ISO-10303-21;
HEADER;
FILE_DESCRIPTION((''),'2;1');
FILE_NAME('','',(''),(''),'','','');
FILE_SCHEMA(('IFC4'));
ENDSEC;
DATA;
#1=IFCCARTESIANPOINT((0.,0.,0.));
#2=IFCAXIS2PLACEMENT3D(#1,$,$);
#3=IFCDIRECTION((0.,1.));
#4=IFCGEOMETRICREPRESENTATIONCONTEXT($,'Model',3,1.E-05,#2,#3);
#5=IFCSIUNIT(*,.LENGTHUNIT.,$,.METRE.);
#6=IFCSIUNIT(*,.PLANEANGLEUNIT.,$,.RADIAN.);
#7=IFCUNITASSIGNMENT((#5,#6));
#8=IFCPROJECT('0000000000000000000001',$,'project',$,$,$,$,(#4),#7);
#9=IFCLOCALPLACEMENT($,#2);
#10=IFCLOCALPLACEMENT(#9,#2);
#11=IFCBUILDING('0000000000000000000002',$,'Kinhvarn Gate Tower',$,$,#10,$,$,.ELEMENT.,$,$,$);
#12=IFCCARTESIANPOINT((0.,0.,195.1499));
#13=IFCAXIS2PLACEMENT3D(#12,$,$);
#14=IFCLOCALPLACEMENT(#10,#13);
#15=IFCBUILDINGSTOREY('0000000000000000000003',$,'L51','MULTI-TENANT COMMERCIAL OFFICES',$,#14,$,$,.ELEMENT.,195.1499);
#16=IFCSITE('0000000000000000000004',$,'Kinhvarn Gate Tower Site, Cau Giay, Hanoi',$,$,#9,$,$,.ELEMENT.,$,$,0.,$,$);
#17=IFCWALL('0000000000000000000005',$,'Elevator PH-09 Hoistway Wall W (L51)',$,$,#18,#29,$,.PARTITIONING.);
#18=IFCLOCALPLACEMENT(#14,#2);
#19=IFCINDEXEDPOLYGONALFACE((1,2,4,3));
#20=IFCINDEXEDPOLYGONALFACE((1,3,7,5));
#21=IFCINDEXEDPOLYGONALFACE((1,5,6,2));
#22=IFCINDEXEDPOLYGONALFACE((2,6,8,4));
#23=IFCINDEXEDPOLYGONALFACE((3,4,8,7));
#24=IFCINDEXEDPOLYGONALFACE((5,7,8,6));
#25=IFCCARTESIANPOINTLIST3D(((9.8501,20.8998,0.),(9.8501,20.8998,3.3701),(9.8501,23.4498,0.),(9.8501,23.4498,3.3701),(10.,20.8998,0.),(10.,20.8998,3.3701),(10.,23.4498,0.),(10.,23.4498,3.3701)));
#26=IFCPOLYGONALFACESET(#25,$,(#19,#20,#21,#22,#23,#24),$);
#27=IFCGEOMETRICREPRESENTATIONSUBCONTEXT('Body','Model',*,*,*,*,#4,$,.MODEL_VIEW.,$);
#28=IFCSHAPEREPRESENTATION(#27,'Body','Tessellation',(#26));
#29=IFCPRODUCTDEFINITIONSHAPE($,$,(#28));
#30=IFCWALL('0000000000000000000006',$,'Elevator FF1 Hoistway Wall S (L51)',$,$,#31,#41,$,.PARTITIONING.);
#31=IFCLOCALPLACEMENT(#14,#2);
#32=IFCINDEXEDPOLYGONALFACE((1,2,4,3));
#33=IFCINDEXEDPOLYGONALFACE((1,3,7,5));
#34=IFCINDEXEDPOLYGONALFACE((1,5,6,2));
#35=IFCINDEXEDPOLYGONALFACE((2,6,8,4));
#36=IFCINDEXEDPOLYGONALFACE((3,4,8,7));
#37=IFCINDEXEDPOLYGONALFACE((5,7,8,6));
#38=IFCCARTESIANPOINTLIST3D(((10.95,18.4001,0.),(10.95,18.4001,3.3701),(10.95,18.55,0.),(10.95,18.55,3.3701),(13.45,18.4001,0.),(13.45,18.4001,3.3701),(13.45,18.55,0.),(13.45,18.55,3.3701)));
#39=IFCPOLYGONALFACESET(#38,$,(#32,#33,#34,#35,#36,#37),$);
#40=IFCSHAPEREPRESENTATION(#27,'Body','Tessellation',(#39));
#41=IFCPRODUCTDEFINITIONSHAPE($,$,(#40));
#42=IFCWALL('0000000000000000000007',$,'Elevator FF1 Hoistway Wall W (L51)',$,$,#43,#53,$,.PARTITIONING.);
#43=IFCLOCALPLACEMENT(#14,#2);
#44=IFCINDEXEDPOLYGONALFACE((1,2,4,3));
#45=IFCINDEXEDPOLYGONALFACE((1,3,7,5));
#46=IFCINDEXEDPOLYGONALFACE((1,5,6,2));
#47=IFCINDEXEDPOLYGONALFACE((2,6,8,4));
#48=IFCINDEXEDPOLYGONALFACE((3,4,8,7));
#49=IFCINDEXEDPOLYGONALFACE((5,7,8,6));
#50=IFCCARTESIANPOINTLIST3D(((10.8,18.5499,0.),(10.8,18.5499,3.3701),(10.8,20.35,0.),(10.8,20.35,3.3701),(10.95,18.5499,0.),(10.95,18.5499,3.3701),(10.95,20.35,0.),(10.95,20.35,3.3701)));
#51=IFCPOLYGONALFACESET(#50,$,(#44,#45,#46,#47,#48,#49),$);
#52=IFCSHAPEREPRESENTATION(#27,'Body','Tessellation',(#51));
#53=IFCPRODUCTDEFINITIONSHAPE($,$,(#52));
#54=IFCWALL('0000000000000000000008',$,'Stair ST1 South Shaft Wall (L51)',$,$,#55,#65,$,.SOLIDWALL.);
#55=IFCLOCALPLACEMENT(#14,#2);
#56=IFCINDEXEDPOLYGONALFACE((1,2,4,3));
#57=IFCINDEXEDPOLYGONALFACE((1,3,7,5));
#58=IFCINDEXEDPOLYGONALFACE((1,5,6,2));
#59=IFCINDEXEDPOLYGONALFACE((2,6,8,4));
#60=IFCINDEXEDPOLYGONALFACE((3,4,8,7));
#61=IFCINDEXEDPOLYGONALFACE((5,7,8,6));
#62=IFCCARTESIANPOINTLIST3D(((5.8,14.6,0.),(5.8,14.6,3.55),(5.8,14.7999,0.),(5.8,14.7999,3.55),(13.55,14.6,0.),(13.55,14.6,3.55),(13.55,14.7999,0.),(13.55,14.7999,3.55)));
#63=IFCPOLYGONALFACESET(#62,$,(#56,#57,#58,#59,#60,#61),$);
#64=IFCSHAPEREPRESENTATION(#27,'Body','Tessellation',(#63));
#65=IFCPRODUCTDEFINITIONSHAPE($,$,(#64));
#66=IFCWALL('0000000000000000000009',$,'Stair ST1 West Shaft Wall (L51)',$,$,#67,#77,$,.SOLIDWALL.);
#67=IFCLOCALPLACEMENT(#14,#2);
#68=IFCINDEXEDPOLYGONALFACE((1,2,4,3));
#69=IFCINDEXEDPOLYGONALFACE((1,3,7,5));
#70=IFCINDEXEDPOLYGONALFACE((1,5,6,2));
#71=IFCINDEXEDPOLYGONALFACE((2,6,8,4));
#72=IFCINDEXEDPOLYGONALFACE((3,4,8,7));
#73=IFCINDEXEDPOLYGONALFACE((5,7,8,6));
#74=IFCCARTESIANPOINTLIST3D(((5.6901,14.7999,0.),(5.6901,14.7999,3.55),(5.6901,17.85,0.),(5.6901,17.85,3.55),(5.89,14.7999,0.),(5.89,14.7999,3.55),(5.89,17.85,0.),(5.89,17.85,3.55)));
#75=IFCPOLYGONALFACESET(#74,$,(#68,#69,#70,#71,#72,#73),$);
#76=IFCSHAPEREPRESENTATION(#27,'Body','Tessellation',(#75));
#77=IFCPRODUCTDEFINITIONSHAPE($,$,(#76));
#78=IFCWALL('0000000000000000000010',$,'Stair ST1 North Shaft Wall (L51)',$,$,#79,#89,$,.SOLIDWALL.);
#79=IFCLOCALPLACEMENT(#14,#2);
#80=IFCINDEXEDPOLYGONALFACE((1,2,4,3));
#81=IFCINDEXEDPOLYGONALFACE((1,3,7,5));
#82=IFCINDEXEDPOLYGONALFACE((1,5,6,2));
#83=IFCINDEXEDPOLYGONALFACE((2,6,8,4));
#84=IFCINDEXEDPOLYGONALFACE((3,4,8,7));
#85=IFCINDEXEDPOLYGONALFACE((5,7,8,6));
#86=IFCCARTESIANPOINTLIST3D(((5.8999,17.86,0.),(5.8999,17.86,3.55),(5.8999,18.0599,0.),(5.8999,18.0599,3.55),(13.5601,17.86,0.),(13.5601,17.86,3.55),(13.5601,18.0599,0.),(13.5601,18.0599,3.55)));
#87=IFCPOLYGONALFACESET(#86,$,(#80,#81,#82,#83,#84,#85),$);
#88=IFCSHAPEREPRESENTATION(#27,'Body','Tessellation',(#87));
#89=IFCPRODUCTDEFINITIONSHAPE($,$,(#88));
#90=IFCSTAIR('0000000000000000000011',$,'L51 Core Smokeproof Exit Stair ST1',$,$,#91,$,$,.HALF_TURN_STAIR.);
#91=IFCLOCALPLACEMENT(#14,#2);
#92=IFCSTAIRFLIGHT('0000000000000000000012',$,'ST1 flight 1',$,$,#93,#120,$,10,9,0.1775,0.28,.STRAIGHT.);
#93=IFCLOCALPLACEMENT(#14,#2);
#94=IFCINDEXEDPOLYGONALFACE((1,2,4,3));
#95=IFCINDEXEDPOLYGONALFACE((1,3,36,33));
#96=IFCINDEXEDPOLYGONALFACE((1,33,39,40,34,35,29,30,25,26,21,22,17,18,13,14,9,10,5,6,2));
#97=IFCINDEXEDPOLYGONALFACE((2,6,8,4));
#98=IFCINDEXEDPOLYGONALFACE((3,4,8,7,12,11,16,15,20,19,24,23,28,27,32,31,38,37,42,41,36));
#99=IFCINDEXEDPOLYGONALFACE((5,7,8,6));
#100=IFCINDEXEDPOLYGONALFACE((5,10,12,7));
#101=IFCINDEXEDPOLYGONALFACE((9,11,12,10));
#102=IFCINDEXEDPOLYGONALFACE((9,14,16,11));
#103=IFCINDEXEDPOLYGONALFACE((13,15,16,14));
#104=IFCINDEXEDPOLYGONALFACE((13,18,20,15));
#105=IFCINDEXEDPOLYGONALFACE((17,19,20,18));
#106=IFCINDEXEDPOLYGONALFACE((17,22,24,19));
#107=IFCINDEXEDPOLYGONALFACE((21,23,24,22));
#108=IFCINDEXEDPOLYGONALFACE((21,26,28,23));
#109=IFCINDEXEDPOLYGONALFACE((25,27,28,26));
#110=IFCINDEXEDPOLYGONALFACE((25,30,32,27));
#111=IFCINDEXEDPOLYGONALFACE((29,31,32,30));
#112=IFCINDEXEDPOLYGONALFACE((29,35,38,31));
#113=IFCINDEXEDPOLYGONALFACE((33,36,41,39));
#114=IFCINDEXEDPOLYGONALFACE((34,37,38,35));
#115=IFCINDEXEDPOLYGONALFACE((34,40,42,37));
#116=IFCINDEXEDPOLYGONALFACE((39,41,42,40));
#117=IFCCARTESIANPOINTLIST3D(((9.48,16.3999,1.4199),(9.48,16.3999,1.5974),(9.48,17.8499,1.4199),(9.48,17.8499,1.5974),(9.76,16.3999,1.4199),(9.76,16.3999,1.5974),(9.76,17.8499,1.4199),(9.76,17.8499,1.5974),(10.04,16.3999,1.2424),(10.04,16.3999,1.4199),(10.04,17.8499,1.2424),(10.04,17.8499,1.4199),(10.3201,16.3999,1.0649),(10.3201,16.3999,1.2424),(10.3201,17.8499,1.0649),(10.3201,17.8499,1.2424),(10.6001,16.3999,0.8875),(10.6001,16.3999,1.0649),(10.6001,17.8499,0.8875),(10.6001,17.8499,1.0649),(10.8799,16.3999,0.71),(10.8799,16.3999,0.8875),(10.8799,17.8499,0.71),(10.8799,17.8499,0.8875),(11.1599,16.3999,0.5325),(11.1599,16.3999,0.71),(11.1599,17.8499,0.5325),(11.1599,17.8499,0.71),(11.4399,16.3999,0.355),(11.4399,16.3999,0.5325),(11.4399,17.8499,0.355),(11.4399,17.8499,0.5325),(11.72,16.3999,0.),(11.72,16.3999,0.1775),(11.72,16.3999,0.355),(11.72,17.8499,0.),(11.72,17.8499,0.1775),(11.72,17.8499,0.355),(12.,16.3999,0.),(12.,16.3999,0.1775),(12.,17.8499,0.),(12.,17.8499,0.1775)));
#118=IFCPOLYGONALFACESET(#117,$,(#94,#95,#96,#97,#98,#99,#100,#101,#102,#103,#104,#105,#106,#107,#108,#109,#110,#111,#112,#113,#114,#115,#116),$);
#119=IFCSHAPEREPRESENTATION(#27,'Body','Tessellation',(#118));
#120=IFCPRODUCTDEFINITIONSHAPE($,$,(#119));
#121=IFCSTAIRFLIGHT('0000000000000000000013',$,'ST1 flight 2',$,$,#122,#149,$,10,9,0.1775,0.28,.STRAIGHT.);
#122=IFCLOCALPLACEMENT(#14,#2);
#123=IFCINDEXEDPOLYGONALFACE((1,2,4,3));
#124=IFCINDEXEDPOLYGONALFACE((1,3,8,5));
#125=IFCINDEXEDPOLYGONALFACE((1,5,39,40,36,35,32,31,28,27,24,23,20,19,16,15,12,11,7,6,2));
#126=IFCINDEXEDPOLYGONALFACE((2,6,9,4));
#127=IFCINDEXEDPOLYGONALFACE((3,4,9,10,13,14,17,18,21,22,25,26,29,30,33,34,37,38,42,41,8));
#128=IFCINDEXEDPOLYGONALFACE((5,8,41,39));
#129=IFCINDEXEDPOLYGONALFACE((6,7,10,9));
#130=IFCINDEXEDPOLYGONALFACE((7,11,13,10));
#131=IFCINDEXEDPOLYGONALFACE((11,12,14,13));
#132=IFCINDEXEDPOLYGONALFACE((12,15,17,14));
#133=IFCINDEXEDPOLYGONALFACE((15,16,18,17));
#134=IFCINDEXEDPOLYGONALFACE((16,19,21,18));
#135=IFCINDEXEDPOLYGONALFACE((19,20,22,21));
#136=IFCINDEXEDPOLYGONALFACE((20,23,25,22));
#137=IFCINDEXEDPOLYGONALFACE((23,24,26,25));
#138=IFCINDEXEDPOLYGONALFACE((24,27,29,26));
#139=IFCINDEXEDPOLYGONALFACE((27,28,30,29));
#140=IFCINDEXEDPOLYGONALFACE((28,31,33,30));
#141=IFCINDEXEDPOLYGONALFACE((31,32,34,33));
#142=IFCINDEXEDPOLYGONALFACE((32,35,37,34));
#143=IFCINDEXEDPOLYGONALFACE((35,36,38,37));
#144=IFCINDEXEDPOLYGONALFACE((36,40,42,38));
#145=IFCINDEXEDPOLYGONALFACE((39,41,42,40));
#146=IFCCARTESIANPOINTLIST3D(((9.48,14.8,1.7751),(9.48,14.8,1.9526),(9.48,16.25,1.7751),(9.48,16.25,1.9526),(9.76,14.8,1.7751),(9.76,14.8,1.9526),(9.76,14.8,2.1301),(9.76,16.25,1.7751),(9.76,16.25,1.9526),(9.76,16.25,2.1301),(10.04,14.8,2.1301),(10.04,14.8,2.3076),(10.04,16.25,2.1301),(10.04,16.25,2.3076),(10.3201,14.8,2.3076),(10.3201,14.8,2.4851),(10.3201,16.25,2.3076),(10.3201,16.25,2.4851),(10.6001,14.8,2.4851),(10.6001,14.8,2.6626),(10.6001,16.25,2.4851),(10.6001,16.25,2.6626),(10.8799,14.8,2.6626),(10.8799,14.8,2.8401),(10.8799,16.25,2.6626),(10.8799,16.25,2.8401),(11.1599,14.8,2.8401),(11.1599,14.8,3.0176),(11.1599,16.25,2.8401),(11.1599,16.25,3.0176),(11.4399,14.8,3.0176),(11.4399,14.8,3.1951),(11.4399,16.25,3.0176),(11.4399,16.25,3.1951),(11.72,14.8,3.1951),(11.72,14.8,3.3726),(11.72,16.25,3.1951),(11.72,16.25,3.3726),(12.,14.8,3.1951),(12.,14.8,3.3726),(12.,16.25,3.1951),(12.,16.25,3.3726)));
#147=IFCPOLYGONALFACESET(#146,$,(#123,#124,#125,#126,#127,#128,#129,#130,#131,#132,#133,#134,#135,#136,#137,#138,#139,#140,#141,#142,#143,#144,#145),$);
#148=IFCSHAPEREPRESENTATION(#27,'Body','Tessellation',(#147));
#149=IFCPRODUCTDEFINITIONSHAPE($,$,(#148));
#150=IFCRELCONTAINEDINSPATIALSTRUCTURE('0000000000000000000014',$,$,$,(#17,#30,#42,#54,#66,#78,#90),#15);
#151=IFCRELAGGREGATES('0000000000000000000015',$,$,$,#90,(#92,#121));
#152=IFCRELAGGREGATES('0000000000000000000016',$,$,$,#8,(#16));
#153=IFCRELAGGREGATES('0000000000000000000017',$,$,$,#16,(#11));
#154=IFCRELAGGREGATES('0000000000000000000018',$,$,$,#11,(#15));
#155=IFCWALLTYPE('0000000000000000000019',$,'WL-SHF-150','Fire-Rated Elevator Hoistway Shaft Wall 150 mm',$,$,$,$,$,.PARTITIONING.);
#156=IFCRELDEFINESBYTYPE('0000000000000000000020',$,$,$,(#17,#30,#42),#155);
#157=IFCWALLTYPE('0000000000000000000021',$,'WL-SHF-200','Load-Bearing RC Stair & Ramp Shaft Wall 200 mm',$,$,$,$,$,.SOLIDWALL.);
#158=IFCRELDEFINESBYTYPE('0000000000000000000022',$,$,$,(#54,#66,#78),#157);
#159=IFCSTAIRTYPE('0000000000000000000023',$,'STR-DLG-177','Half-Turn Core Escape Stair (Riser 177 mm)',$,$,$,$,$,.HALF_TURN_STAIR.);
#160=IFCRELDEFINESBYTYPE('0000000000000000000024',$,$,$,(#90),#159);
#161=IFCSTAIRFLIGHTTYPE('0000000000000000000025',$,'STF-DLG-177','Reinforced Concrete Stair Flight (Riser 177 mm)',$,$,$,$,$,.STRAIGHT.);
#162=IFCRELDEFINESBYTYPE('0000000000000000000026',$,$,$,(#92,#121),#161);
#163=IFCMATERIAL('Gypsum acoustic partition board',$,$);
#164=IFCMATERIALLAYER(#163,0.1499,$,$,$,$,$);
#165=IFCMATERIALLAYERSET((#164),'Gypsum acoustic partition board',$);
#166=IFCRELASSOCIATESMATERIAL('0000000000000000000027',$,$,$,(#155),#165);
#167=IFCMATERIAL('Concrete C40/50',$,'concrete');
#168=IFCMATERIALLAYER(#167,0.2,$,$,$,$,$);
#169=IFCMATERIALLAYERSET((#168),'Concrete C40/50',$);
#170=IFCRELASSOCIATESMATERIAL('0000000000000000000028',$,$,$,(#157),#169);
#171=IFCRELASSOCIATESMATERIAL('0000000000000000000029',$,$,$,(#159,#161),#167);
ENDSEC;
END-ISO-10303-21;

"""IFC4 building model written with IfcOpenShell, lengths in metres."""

from ifc_helpers import new_model, si_unit, direction, frame, frame_2d, origin, place, context, subcontext, project, spatial, polyline, rectangle, outline, extrude, material, layer, layer_set, type_object, element, aggregate, save


model = new_model("IFC4")

# Units and contexts
model_context = context("Model", 3, precision=1e-05, world=origin(), true_north=direction((0.0, 1.0)))
body_context = subcontext(model_context, "Body", "Model", "MODEL_VIEW")
ifc_project = project(units=[si_unit("LENGTHUNIT", "METRE"), si_unit("PLANEANGLEUNIT", "RADIAN")], contexts=[model_context])

# Site, building, storey
site_placement = place(None, origin())
site = spatial("IfcSite", under=ifc_project, at=site_placement, Name="Kinhvarn Gate Tower Site, Cau Giay, Hanoi", CompositionType="ELEMENT", RefElevation=0.0)
building_placement = place(site_placement, origin())
building = spatial("IfcBuilding", under=site, at=building_placement, Name="Kinhvarn Gate Tower", CompositionType="ELEMENT")
storey_placement = place(building_placement, frame((0.0, 0.0, 195.1499)))
storey = spatial("IfcBuildingStorey", under=building, at=storey_placement, Name="L51", Description="MULTI-TENANT COMMERCIAL OFFICES", CompositionType="ELEMENT", Elevation=195.1499)

# Walls
ifc_material_1 = material(Name="Gypsum acoustic partition board")
ifc_layer_1 = layer(ifc_material_1, 0.1499)
ifc_layer_set_1 = layer_set([ifc_layer_1], Name="Gypsum acoustic partition board")
wall_type_1 = type_object("IfcWallType", Name="WL-SHF-150", Description="Fire-Rated Elevator Hoistway Shaft Wall 150 mm", PredefinedType="PARTITIONING", material=ifc_layer_set_1)
wall_1_placement = place(storey_placement, frame((9.925, 20.8999, 0.0), z_axis=(0.0, 0.0, 1.0), x_axis=(0.0, 1.0, 0.0)))
element("IfcWall", 1, at=wall_1_placement, inside=storey, type_object=wall_type_1, Name="Elevator PH-09 Hoistway Wall W (L51)", PredefinedType="PARTITIONING", context=body_context, shape_type="SweptSolid", body=[
    extrude(rectangle(XDim=2.55, YDim=0.1499, at=frame_2d((1.2749, 0.0))), origin(), (0.0, 0.0, 1.0), 3.3701),
])
wall_2_placement = place(storey_placement, frame((10.95, 18.4751, 0.0), z_axis=(0.0, 0.0, 1.0), x_axis=(1.0, 0.0, 0.0)))
element("IfcWall", 2, at=wall_2_placement, inside=storey, type_object=wall_type_1, Name="Elevator FF1 Hoistway Wall S (L51)", PredefinedType="PARTITIONING", context=body_context, shape_type="SweptSolid", body=[
    extrude(rectangle(XDim=2.5, YDim=0.1499, at=frame_2d((1.25, 0.0))), origin(), (0.0, 0.0, 1.0), 3.3701),
])
wall_3_placement = place(storey_placement, frame((10.875, 18.55, 0.0), z_axis=(0.0, 0.0, 1.0), x_axis=(0.0, 1.0, 0.0)))
element("IfcWall", 3, at=wall_3_placement, inside=storey, type_object=wall_type_1, Name="Elevator FF1 Hoistway Wall W (L51)", PredefinedType="PARTITIONING", context=body_context, shape_type="SweptSolid", body=[
    extrude(rectangle(XDim=1.8, YDim=0.1499, at=frame_2d((0.8999, 0.0))), origin(), (0.0, 0.0, 1.0), 3.3701),
])
ifc_material_2 = material(Name="Concrete C40/50", Category="concrete")
ifc_layer_2 = layer(ifc_material_2, 0.2)
ifc_layer_set_2 = layer_set([ifc_layer_2], Name="Concrete C40/50")
wall_type_2 = type_object("IfcWallType", Name="WL-SHF-200", Description="Load-Bearing RC Stair & Ramp Shaft Wall 200 mm", PredefinedType="SOLIDWALL", material=ifc_layer_set_2)
wall_4_placement = place(storey_placement, frame((5.8, 14.7, 0.0), z_axis=(0.0, 0.0, 1.0), x_axis=(1.0, 0.0, 0.0)))
element("IfcWall", 4, at=wall_4_placement, inside=storey, type_object=wall_type_2, Name="Stair ST1 South Shaft Wall (L51)", PredefinedType="SOLIDWALL", context=body_context, shape_type="SweptSolid", body=[
    extrude(rectangle(XDim=7.75, YDim=0.2, at=frame_2d((3.875, 0.0))), origin(), (0.0, 0.0, 1.0), 3.55),
])
wall_5_placement = place(storey_placement, frame((5.79, 14.8, 0.0), z_axis=(0.0, 0.0, 1.0), x_axis=(0.0, 1.0, 0.0)))
element("IfcWall", 5, at=wall_5_placement, inside=storey, type_object=wall_type_2, Name="Stair ST1 West Shaft Wall (L51)", PredefinedType="SOLIDWALL", context=body_context, shape_type="SweptSolid", body=[
    extrude(rectangle(XDim=3.05, YDim=0.2, at=frame_2d((1.5249, 0.0))), origin(), (0.0, 0.0, 1.0), 3.55),
])
wall_6_placement = place(storey_placement, frame((5.8999, 17.96, 0.0), z_axis=(0.0, 0.0, 1.0), x_axis=(1.0, 0.0, 0.0)))
element("IfcWall", 6, at=wall_6_placement, inside=storey, type_object=wall_type_2, Name="Stair ST1 North Shaft Wall (L51)", PredefinedType="SOLIDWALL", context=body_context, shape_type="SweptSolid", body=[
    extrude(rectangle(XDim=7.6602, YDim=0.2, at=frame_2d((3.8301, 0.0))), origin(), (0.0, 0.0, 1.0), 3.55),
])

# Stair, stair flights
stair_type = type_object("IfcStairType", Name="STR-DLG-177", Description="Half-Turn Core Escape Stair (Riser 177 mm)", PredefinedType="HALF_TURN_STAIR", material=ifc_material_2)
stair_placement = place(storey_placement, origin())
stair = element("IfcStair", 7, at=stair_placement, inside=storey, type_object=stair_type, Name="L51 Core Smokeproof Exit Stair ST1", PredefinedType="HALF_TURN_STAIR")
stair_flight_type = type_object("IfcStairFlightType", Name="STF-DLG-177", Description="Reinforced Concrete Stair Flight (Riser 177 mm)", PredefinedType="STRAIGHT", material=ifc_material_2)
stair_flight_1_placement = place(storey_placement, frame((12.0, 17.125, 0.0), z_axis=(0.0, 0.0, 1.0), x_axis=(-1.0, 0.0, 0.0)))
stair_flight_1 = element("IfcStairFlight", 8, at=stair_flight_1_placement, type_object=stair_flight_type, Name="ST1 flight 1", NumberOfRisers=10, NumberOfTreads=9, PredefinedType="STRAIGHT", RiserHeight=0.1775, TreadLength=0.28, context=body_context, shape_type="SweptSolid", body=[
    extrude(outline(polyline([(0.0, 0.0), (0.0, 0.1775), (0.28, 0.1775), (0.28, 0.355), (0.5601, 0.355), (0.5601, 0.5325), (0.8401, 0.5325), (0.8401, 0.71), (1.1201, 0.71), (1.1201, 0.8875), (1.3999, 0.8875), (1.3999, 1.0649), (1.6799, 1.0649), (1.6799, 1.2424), (1.96, 1.2424), (1.96, 1.4199), (2.24, 1.4199), (2.24, 1.5974), (2.52, 1.5974), (2.52, 1.7749), (2.52, 1.4199), (0.28, 0.0), (0.0, 0.0)])), frame((0.0, 0.7251, 0.0), z_axis=(0.0, -1.0, 0.0), x_axis=(1.0, 0.0, 0.0)), (0.0, 0.0, 1.0), 1.45),
])
stair_flight_2_placement = place(storey_placement, frame((9.48, 15.5249, 1.7751), z_axis=(0.0, 0.0, 1.0), x_axis=(1.0, 0.0, 0.0)))
stair_flight_2 = element("IfcStairFlight", 9, at=stair_flight_2_placement, type_object=stair_flight_type, Name="ST1 flight 2", NumberOfRisers=10, NumberOfTreads=9, PredefinedType="STRAIGHT", RiserHeight=0.1775, TreadLength=0.28, context=body_context, shape_type="SweptSolid", body=[
    extrude(outline(polyline([(0.0, 0.0), (0.0, 0.1775), (0.28, 0.1775), (0.28, 0.355), (0.5601, 0.355), (0.5601, 0.5325), (0.8401, 0.5325), (0.8401, 0.71), (1.1201, 0.71), (1.1201, 0.8875), (1.3999, 0.8875), (1.3999, 1.0649), (1.6799, 1.0649), (1.6799, 1.2424), (1.96, 1.2424), (1.96, 1.4199), (2.24, 1.4199), (2.24, 1.5974), (2.52, 1.5974), (2.52, 1.7749), (2.52, 1.4199), (0.28, 0.0), (0.0, 0.0)])), frame((0.0, 0.7251, 0.0), z_axis=(0.0, -1.0, 0.0), x_axis=(1.0, 0.0, 0.0)), (0.0, 0.0, 1.0), 1.45),
])
aggregate(stair, [stair_flight_1, stair_flight_2])

save(model, "model.ifc")
